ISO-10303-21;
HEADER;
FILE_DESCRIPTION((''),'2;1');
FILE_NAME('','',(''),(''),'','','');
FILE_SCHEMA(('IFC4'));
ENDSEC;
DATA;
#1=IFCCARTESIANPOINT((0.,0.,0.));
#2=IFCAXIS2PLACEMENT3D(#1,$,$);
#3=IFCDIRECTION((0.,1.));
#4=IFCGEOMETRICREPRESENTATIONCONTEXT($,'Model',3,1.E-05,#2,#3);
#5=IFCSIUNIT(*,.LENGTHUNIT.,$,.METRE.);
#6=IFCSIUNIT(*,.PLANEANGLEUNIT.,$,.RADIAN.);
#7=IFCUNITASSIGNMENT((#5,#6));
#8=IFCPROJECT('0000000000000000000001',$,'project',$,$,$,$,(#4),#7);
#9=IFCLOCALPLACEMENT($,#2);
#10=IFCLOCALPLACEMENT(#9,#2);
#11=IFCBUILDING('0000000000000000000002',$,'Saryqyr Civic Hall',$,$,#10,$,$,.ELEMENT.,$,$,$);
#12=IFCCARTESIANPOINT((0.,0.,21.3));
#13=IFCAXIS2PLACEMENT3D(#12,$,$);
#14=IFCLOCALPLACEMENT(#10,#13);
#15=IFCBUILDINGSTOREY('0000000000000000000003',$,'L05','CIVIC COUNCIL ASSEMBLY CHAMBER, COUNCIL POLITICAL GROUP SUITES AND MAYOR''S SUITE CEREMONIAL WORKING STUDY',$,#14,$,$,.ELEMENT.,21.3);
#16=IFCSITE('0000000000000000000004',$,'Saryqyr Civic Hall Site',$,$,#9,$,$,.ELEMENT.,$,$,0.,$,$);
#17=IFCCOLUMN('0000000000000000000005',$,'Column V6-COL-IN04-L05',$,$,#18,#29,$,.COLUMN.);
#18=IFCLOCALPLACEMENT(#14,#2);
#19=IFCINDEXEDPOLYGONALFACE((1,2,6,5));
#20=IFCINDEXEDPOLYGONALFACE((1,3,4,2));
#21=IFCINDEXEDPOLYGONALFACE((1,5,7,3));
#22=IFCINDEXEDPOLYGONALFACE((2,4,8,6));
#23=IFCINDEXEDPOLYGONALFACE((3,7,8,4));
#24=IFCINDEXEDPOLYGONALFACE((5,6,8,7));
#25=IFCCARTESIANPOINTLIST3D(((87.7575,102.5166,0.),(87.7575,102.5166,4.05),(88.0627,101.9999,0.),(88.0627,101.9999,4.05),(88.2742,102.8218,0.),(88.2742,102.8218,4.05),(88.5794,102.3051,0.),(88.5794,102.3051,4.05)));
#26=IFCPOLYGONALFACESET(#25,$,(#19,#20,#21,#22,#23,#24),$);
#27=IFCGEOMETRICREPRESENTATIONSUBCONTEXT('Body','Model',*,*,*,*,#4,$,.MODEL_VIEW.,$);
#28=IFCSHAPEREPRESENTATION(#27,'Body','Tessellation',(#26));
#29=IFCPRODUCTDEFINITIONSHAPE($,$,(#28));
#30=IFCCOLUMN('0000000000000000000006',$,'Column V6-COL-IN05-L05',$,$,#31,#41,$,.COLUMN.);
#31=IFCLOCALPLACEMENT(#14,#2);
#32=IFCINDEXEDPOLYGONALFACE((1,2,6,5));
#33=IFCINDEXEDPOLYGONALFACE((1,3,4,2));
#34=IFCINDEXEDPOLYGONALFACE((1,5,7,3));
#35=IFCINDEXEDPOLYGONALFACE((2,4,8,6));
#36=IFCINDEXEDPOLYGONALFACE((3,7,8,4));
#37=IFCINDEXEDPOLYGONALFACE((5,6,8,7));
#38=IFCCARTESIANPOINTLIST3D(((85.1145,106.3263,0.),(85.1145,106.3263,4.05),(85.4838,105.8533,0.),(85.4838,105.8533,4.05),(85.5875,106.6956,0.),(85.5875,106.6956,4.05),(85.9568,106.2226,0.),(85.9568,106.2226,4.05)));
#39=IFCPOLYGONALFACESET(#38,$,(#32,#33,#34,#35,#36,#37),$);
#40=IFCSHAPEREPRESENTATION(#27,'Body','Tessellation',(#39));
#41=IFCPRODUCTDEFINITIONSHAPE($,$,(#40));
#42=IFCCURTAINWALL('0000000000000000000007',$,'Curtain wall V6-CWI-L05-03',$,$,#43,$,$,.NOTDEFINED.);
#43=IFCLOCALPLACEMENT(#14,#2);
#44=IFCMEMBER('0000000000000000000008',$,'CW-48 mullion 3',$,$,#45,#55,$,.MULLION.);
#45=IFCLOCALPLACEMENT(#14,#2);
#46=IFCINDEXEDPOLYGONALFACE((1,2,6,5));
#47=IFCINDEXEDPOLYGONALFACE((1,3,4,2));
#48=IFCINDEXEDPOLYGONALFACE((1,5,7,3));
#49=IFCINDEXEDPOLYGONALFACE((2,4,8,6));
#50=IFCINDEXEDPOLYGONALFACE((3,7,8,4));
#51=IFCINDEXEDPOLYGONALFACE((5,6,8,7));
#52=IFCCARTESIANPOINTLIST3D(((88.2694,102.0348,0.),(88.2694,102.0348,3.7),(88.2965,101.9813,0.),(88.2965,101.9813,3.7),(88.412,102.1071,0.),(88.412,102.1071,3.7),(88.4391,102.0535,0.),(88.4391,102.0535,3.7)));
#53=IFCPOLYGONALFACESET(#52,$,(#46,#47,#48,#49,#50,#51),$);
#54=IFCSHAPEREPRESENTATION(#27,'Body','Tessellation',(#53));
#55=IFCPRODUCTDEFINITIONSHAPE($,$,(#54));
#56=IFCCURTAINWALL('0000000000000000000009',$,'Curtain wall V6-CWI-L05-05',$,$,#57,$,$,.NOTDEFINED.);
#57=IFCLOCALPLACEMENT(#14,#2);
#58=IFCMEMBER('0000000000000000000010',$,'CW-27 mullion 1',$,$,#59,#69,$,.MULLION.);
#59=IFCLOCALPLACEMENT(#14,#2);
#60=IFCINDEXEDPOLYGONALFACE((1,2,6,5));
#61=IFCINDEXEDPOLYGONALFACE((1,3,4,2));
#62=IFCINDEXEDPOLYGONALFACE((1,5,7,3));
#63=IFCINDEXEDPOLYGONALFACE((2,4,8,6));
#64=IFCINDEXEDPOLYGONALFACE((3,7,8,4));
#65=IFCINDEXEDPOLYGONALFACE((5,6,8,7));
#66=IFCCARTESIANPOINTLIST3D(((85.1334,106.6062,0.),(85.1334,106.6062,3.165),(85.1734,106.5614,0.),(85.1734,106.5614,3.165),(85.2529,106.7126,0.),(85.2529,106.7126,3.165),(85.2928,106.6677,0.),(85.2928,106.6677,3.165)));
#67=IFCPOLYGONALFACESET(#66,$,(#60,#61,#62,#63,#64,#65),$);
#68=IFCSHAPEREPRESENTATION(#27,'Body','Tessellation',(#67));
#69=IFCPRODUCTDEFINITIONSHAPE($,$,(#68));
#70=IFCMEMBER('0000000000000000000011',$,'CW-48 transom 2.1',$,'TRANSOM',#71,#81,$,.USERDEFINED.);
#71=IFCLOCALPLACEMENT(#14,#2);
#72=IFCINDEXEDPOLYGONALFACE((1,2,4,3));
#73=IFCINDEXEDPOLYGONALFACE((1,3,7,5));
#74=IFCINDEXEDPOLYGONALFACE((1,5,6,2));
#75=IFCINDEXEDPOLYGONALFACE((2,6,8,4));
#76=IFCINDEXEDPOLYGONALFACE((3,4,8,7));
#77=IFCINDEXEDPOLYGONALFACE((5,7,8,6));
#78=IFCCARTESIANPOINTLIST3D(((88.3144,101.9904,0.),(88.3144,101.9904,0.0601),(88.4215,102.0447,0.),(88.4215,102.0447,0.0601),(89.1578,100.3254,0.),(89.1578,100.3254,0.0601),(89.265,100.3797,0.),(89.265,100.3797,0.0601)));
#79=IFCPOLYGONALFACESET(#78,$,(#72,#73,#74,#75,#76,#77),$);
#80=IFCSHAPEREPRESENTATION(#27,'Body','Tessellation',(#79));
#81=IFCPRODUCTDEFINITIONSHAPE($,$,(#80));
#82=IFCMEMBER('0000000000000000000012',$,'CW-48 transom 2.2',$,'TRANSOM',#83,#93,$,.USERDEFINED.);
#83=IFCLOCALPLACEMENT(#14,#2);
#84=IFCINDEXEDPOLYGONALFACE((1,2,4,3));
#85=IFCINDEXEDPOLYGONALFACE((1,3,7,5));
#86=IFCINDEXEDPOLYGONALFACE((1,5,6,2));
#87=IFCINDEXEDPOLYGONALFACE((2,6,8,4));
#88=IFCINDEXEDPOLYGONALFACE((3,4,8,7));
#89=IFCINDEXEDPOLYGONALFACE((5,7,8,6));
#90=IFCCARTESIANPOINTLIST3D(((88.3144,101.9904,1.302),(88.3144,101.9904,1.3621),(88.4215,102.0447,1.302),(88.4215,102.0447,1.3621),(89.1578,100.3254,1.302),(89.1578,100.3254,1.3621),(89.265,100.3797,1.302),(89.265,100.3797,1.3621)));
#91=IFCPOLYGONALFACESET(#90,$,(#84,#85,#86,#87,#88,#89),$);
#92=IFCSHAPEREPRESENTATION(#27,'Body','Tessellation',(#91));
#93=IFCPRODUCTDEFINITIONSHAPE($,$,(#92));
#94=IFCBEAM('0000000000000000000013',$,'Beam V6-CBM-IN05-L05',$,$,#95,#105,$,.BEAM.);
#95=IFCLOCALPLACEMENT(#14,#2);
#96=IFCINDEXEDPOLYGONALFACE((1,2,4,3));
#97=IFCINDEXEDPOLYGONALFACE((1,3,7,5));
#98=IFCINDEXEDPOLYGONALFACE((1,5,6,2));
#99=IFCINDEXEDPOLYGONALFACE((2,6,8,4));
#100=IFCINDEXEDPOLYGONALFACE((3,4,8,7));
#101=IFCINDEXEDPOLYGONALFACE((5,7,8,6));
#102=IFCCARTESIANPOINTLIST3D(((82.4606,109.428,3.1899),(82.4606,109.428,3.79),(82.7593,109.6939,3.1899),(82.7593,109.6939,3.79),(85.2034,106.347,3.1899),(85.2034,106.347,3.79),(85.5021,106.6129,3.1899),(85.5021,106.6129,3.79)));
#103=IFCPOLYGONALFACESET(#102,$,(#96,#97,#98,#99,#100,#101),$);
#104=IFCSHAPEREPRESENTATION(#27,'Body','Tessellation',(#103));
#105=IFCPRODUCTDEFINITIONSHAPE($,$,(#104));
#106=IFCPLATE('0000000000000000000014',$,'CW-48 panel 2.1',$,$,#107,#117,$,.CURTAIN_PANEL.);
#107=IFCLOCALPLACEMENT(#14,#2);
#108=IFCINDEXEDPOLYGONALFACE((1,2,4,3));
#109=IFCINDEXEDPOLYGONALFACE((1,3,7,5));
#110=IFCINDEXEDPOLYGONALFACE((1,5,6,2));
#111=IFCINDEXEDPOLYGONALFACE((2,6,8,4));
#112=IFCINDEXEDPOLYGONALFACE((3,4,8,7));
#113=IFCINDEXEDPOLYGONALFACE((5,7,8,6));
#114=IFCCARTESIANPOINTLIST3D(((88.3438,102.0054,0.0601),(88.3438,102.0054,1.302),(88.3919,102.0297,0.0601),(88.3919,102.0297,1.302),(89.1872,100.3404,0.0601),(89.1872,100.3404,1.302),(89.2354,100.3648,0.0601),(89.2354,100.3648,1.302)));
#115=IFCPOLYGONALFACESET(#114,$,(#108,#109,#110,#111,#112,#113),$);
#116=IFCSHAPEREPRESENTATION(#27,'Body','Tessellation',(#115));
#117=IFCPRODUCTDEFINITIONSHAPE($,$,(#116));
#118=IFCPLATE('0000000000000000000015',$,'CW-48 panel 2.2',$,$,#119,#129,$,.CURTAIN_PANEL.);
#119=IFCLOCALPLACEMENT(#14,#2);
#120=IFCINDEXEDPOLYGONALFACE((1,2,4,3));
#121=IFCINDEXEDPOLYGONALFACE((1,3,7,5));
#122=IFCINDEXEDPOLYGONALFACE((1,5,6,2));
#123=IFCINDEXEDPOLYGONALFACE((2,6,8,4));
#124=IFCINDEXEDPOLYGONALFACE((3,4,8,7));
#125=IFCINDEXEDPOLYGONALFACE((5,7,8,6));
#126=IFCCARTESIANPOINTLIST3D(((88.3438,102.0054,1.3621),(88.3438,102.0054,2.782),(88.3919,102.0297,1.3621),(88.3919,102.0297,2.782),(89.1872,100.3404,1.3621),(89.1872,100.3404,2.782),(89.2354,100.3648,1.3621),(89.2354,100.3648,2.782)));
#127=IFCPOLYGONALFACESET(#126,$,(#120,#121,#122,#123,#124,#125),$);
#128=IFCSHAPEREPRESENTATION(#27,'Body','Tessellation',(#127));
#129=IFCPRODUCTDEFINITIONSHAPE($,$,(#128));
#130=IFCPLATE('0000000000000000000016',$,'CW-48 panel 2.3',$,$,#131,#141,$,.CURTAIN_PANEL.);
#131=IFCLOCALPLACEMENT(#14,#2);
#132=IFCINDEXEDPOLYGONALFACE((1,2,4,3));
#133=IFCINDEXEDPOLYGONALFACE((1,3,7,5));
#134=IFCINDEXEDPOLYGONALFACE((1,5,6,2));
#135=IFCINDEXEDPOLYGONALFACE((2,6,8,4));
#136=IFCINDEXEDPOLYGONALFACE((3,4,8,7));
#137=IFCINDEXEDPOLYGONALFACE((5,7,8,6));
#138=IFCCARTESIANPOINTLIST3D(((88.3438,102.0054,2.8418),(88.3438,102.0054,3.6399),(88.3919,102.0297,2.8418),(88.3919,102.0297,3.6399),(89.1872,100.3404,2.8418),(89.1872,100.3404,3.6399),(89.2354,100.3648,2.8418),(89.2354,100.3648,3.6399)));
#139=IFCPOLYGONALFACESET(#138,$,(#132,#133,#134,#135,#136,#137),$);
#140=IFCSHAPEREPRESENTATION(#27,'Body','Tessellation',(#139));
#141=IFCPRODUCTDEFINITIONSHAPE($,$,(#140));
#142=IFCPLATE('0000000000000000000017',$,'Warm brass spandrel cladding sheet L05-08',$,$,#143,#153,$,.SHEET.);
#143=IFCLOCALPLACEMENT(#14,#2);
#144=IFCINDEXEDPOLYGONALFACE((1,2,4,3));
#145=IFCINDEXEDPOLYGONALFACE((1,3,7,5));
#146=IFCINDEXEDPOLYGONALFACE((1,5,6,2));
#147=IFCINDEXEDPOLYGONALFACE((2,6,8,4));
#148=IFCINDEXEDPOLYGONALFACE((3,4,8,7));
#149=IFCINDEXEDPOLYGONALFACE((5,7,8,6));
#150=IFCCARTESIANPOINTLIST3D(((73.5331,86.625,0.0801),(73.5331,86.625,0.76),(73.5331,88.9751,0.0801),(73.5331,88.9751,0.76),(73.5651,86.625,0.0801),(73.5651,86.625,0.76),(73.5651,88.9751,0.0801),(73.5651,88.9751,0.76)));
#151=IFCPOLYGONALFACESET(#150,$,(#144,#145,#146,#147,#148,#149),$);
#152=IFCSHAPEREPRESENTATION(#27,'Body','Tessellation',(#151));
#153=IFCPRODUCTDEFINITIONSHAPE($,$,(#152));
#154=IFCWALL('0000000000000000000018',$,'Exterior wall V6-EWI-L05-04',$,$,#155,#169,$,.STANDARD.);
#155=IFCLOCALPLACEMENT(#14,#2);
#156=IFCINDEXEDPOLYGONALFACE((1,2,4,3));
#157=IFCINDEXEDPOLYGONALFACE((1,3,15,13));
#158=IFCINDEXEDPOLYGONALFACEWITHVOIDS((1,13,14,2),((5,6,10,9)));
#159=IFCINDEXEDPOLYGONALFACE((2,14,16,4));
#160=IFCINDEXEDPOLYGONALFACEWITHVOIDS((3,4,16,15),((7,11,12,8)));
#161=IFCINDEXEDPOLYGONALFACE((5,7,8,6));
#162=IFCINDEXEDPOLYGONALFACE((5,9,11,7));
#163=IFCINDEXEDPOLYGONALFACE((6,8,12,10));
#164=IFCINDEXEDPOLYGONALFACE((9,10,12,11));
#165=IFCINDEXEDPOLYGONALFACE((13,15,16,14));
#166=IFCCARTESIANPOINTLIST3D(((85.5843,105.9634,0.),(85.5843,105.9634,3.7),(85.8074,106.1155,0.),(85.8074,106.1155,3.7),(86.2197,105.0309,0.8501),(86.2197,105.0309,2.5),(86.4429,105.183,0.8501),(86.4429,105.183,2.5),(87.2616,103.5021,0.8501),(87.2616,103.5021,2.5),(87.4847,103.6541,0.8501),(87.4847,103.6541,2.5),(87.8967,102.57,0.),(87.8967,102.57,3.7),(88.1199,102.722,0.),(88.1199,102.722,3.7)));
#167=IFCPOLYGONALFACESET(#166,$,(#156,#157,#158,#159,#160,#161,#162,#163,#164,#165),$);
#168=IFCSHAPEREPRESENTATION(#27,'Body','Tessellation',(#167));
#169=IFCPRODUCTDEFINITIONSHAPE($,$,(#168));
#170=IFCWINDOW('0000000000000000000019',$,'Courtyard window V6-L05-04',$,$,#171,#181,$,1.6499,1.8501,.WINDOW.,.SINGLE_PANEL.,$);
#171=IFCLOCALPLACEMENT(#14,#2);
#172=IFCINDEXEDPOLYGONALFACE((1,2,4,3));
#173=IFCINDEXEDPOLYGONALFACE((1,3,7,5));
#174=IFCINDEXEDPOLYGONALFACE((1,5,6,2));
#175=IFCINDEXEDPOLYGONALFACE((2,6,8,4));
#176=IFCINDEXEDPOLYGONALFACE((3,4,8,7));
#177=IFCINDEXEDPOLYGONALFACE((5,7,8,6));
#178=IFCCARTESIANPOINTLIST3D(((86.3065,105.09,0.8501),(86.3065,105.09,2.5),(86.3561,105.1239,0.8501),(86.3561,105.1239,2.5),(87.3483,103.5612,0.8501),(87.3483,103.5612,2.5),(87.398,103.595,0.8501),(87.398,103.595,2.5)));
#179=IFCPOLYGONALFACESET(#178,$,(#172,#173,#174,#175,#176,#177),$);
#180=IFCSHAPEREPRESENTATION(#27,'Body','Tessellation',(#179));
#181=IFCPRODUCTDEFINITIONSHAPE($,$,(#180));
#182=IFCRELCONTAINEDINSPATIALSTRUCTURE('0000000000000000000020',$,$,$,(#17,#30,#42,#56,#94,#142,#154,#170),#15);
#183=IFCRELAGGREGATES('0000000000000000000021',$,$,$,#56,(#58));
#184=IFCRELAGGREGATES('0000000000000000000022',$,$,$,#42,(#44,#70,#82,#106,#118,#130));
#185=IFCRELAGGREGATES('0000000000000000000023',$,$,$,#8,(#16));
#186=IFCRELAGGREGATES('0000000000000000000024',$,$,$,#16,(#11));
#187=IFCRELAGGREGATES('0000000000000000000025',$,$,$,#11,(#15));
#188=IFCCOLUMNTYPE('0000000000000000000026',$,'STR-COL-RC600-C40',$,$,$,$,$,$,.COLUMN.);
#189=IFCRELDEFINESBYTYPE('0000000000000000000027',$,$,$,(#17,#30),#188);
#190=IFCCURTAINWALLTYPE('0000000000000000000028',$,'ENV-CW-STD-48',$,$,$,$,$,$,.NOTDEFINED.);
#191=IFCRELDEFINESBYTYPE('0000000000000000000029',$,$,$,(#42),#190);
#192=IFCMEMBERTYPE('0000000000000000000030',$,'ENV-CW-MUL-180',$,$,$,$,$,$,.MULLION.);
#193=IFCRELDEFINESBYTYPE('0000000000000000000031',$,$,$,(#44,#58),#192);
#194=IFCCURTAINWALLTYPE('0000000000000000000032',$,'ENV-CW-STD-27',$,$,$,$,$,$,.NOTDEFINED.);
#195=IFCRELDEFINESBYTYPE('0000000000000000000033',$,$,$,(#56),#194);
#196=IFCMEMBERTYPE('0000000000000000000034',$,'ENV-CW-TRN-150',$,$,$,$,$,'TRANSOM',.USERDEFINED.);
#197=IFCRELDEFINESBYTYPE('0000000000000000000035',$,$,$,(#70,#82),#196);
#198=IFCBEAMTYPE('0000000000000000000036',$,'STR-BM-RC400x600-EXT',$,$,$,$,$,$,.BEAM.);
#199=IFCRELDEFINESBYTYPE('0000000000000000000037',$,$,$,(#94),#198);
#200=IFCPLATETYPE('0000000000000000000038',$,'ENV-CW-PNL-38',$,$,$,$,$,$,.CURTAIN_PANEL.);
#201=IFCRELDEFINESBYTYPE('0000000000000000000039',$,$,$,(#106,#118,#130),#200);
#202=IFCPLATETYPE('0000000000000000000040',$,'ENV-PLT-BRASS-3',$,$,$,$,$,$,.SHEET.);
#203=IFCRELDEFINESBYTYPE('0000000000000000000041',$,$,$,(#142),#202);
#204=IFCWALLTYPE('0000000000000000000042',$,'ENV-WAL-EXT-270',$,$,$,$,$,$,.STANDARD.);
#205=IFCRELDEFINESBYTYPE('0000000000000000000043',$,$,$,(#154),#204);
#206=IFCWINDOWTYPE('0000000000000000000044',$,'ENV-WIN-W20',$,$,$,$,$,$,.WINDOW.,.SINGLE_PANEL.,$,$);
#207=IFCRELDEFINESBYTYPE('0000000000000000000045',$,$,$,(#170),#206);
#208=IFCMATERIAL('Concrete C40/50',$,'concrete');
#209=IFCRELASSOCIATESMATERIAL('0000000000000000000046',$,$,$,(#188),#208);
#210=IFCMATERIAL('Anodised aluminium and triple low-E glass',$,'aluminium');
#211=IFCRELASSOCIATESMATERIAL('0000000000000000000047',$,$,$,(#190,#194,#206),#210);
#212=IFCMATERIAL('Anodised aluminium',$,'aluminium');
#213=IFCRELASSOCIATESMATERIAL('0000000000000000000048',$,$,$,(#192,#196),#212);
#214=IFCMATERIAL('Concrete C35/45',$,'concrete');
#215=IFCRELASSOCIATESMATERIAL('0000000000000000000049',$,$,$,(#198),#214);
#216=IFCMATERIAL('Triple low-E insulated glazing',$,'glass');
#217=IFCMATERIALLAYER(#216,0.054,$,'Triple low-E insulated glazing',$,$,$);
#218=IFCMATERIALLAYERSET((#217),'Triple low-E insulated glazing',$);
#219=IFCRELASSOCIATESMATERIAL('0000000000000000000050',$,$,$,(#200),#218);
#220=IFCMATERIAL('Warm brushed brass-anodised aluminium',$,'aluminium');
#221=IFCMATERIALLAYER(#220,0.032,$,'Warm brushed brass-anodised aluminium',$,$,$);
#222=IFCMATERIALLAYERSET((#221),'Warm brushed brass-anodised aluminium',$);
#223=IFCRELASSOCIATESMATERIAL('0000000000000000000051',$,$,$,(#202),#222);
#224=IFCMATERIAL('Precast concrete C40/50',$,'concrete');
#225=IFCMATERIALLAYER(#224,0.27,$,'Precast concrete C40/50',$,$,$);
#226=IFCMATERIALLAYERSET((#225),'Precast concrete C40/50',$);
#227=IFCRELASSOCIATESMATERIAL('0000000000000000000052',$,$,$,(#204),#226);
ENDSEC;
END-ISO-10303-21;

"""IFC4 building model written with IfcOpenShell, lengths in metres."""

from ifc_helpers import new_model, si_unit, direction, frame, frame_2d, origin, origin_2d, place, context, subcontext, project, spatial, rectangle, extrude, material, layer, layer_set, material_profile, profile_set, type_object, element, fill, aggregate, save


model = new_model("IFC4")

# Units and contexts
model_context = context("Model", 3, precision=1e-05, world=origin(), true_north=direction((0.0, 1.0)))
body_context = subcontext(model_context, "Body", "Model", "MODEL_VIEW")
ifc_project = project(units=[si_unit("LENGTHUNIT", "METRE"), si_unit("PLANEANGLEUNIT", "RADIAN")], contexts=[model_context])

# Site, building, storey
site_placement = place(None, origin())
site = spatial("IfcSite", under=ifc_project, at=site_placement, Name="Saryqyr Civic Hall Site", CompositionType="ELEMENT", RefElevation=0.0)
building_placement = place(site_placement, origin())
building = spatial("IfcBuilding", under=site, at=building_placement, Name="Saryqyr Civic Hall", CompositionType="ELEMENT")
storey_placement = place(building_placement, frame((0.0, 0.0, 21.3)))
storey = spatial("IfcBuildingStorey", under=building, at=storey_placement, Name="L05", Description="CIVIC COUNCIL ASSEMBLY CHAMBER, COUNCIL POLITICAL GROUP SUITES AND MAYOR'S SUITE CEREMONIAL WORKING STUDY", CompositionType="ELEMENT", Elevation=21.3)

# Columns
ifc_material_1 = material(Name="Concrete C40/50", Category="concrete")
ifc_material_profile_1 = material_profile(ifc_material_1, rectangle(XDim=0.6001, YDim=0.6001, at=origin_2d()), Name="RC 600x600")
ifc_profile_set_1 = profile_set([ifc_material_profile_1], Name="Concrete C40/50")
column_type = type_object("IfcColumnType", Name="STR-COL-RC600-C40", PredefinedType="COLUMN", material=ifc_profile_set_1)
for number, where, z_axis, x_axis, name in (
    (1, (88.1685, 102.4109, 0.0), (0.0, 0.0, 1.0), (0.861008, 0.508591, 0.0), "Column V6-COL-IN04-L05"),
    (2, (85.5356, 106.2744, 0.0), (0.0, 0.0, 1.0), (0.788226, 0.615386, 0.0), "Column V6-COL-IN05-L05"),
):
    element("IfcColumn", number, at=place(storey_placement, frame(where, z_axis=z_axis, x_axis=x_axis)), inside=storey, type_object=column_type, Name=name, PredefinedType="COLUMN", context=body_context, shape_type="SweptSolid", body=[
        extrude(rectangle(XDim=0.6001, YDim=0.6001, at=origin_2d()), origin(), (0.0, 0.0, 1.0), 4.05),
    ])

# Curtain walls, members
ifc_material_2 = material(Name="Anodised aluminium and triple low-E glass", Category="aluminium")
curtain_wall_type_1 = type_object("IfcCurtainWallType", Name="ENV-CW-STD-48", PredefinedType="NOTDEFINED", material=ifc_material_2)
curtain_wall_1_placement = place(storey_placement, origin())
curtain_wall_1 = element("IfcCurtainWall", 3, at=curtain_wall_1_placement, inside=storey, type_object=curtain_wall_type_1, Name="Curtain wall V6-CWI-L05-03", PredefinedType="NOTDEFINED")
ifc_material_3 = material(Name="Anodised aluminium", Category="aluminium")
ifc_material_profile_2 = material_profile(ifc_material_3, rectangle(XDim=0.0601, YDim=0.1599, at=origin_2d()), Name="ALU MULLION 60x160")
ifc_profile_set_2 = profile_set([ifc_material_profile_2], Name="Anodised aluminium")
member_type_1 = type_object("IfcMemberType", Name="ENV-CW-MUL-180", PredefinedType="MULLION", material=ifc_profile_set_2)
member_1_placement = place(storey_placement, frame((88.3542, 102.0442, 0.0), z_axis=(0.0, 0.0, 1.0), x_axis=(-0.45191, 0.892064, 0.0)))
member_1 = element("IfcMember", 4, at=member_1_placement, type_object=member_type_1, Name="CW-48 mullion 3", PredefinedType="MULLION", context=body_context, shape_type="SweptSolid", body=[
    extrude(rectangle(XDim=0.0601, YDim=0.1599, at=origin_2d()), origin(), (0.0, 0.0, 1.0), 3.7),
])
curtain_wall_type_2 = type_object("IfcCurtainWallType", Name="ENV-CW-STD-27", PredefinedType="NOTDEFINED", material=ifc_material_2)
curtain_wall_2_placement = place(storey_placement, origin())
curtain_wall_2 = element("IfcCurtainWall", 5, at=curtain_wall_2_placement, inside=storey, type_object=curtain_wall_type_2, Name="Curtain wall V6-CWI-L05-05", PredefinedType="NOTDEFINED")
member_2_placement = place(storey_placement, frame((85.2131, 106.637, 0.0), z_axis=(0.0, 0.0, 1.0), x_axis=(-0.664934, 0.746902, 0.0)))
member_2 = element("IfcMember", 6, at=member_2_placement, type_object=member_type_1, Name="CW-27 mullion 1", PredefinedType="MULLION", context=body_context, shape_type="SweptSolid", body=[
    extrude(rectangle(XDim=0.0601, YDim=0.1599, at=origin_2d()), origin(), (0.0, 0.0, 1.0), 3.165),
])
aggregate(curtain_wall_2, [member_2])

# Members
ifc_material_profile_3 = material_profile(ifc_material_3, rectangle(XDim=0.1201, YDim=0.0601, at=origin_2d()), Name="ALU TRANSOM 120x60")
ifc_profile_set_3 = profile_set([ifc_material_profile_3], Name="Anodised aluminium")
member_type_2 = type_object("IfcMemberType", Name="ENV-CW-TRN-150", ElementType="TRANSOM", PredefinedType="USERDEFINED", material=ifc_profile_set_3)
member_3_placement = place(storey_placement, frame((89.2114, 100.3525, 0.03), z_axis=(-0.451916, 0.89206, 0.0), x_axis=(-0.89206, -0.451916, 0.0)))
member_3 = element("IfcMember", 7, at=member_3_placement, type_object=member_type_2, Name="CW-48 transom 2.1", ObjectType="TRANSOM", PredefinedType="USERDEFINED", context=body_context, shape_type="SweptSolid", body=[
    extrude(rectangle(XDim=0.1201, YDim=0.0601, at=origin_2d()), origin(), (0.0, 0.0, 1.0), 1.8665),
])
member_4_placement = place(storey_placement, frame((89.2114, 100.3525, 1.332), z_axis=(-0.451916, 0.89206, 0.0), x_axis=(-0.89206, -0.451916, 0.0)))
member_4 = element("IfcMember", 8, at=member_4_placement, type_object=member_type_2, Name="CW-48 transom 2.2", ObjectType="TRANSOM", PredefinedType="USERDEFINED", context=body_context, shape_type="SweptSolid", body=[
    extrude(rectangle(XDim=0.1201, YDim=0.0601, at=origin_2d()), origin(), (0.0, 0.0, 1.0), 1.8665),
])

# Beam
ifc_material_4 = material(Name="Concrete C35/45", Category="concrete")
ifc_material_profile_4 = material_profile(ifc_material_4, rectangle(XDim=0.3999, YDim=0.6001, at=origin_2d()), Name="RC 400x600")
ifc_profile_set_4 = profile_set([ifc_material_profile_4], Name="Concrete C35/45")
beam_type = type_object("IfcBeamType", Name="STR-BM-RC400x600-EXT", PredefinedType="BEAM", material=ifc_profile_set_4)
beam_placement = place(storey_placement, frame((85.3528, 106.48, 3.49), z_axis=(-0.664933, 0.746903, 0.0), x_axis=(-0.746903, -0.664933, 0.0)))
element("IfcBeam", 9, at=beam_placement, inside=storey, type_object=beam_type, Name="Beam V6-CBM-IN05-L05", PredefinedType="BEAM", context=body_context, shape_type="SweptSolid", body=[
    extrude(rectangle(XDim=0.3999, YDim=0.6001, at=origin_2d()), origin(), (0.0, 0.0, 1.0), 4.125),
])

# Plates
ifc_material_5 = material(Name="Triple low-E insulated glazing", Category="glass")
ifc_layer_1 = layer(ifc_material_5, 0.054, Name="Triple low-E insulated glazing")
ifc_layer_set_1 = layer_set([ifc_layer_1], Name="Triple low-E insulated glazing")
plate_type_1 = type_object("IfcPlateType", Name="ENV-CW-PNL-38", PredefinedType="CURTAIN_PANEL", material=ifc_layer_set_1)
plate_1_placement = place(storey_placement, frame((88.7896, 101.1851, 0.0601), z_axis=(0.0, 0.0, 1.0), x_axis=(-0.45191, 0.892064, 0.0)))
plate_1 = element("IfcPlate", 10, at=plate_1_placement, type_object=plate_type_1, Name="CW-48 panel 2.1", PredefinedType="CURTAIN_PANEL", context=body_context, shape_type="SweptSolid", body=[
    extrude(rectangle(XDim=1.8665, YDim=0.054, at=origin_2d()), origin(), (0.0, 0.0, 1.0), 1.2419),
])
plate_2_placement = place(storey_placement, frame((88.7896, 101.1851, 1.3621), z_axis=(0.0, 0.0, 1.0), x_axis=(-0.45191, 0.892064, 0.0)))
plate_2 = element("IfcPlate", 11, at=plate_2_placement, type_object=plate_type_1, Name="CW-48 panel 2.2", PredefinedType="CURTAIN_PANEL", context=body_context, shape_type="SweptSolid", body=[
    extrude(rectangle(XDim=1.8665, YDim=0.054, at=origin_2d()), origin(), (0.0, 0.0, 1.0), 1.4199),
])
plate_3_placement = place(storey_placement, frame((88.7896, 101.1851, 2.8418), z_axis=(0.0, 0.0, 1.0), x_axis=(-0.45191, 0.892064, 0.0)))
plate_3 = element("IfcPlate", 12, at=plate_3_placement, type_object=plate_type_1, Name="CW-48 panel 2.3", PredefinedType="CURTAIN_PANEL", context=body_context, shape_type="SweptSolid", body=[
    extrude(rectangle(XDim=1.8665, YDim=0.054, at=origin_2d()), origin(), (0.0, 0.0, 1.0), 0.7981),
])
aggregate(curtain_wall_1, [member_1, member_3, member_4, plate_1, plate_2, plate_3])
ifc_material_6 = material(Name="Warm brushed brass-anodised aluminium", Category="aluminium")
ifc_layer_2 = layer(ifc_material_6, 0.032, Name="Warm brushed brass-anodised aluminium")
ifc_layer_set_2 = layer_set([ifc_layer_2], Name="Warm brushed brass-anodised aluminium")
plate_type_2 = type_object("IfcPlateType", Name="ENV-PLT-BRASS-3", PredefinedType="SHEET", material=ifc_layer_set_2)
plate_4_placement = place(storey_placement, frame((73.5491, 87.8, 0.0801), z_axis=(0.0, 0.0, 1.0), x_axis=(0.0, -1.0, 0.0)))
element("IfcPlate", 13, at=plate_4_placement, inside=storey, type_object=plate_type_2, Name="Warm brass spandrel cladding sheet L05-08", PredefinedType="SHEET", context=body_context, shape_type="SweptSolid", body=[
    extrude(rectangle(XDim=2.3501, YDim=0.032, at=origin_2d()), origin(), (0.0, 0.0, 1.0), 0.6799),
])

# Wall, opening, window
ifc_material_7 = material(Name="Precast concrete C40/50", Category="concrete")
ifc_layer_3 = layer(ifc_material_7, 0.27, Name="Precast concrete C40/50")
ifc_layer_set_3 = layer_set([ifc_layer_3], Name="Precast concrete C40/50")
wall_type_1 = type_object("IfcWallType", Name="ENV-WAL-EXT-270", PredefinedType="STANDARD", material=ifc_layer_set_3)
wall_1_placement = place(storey_placement, frame((88.0083, 102.646, 0.0), z_axis=(0.0, 0.0, 1.0), x_axis=(-0.563123, 0.826373, 0.0)))
wall_1 = element("IfcWall", 14, at=wall_1_placement, inside=storey, type_object=wall_type_1, Name="Exterior wall V6-EWI-L05-04", PredefinedType="STANDARD", context=body_context, shape_type="SweptSolid", body=[
    extrude(rectangle(XDim=4.1064, YDim=0.27, at=frame_2d((2.0532, 0.0))), origin(), (0.0, 0.0, 1.0), 3.7),
])
opening_1_placement = place(wall_1_placement, frame((1.1279, 0.0, 0.8501)))
opening_1 = element("IfcOpeningElement", 15, at=opening_1_placement, cuts=wall_1, PredefinedType="OPENING", context=body_context, shape_type="SweptSolid", body=[
    extrude(rectangle(XDim=1.8501, YDim=1.6499, at=frame_2d((0.925, 0.825))), frame((0.0, 0.145, 0.0), z_axis=(0.0, -1.0, 0.0), x_axis=(1.0, 0.0, 0.0)), (0.0, 0.0, 1.0), 0.29),
])
window_type = type_object("IfcWindowType", Name="ENV-WIN-W20", PartitioningType="SINGLE_PANEL", PredefinedType="WINDOW", material=ifc_material_2)
window_placement = place(opening_1_placement, origin())
window = element("IfcWindow", 16, at=window_placement, inside=storey, type_object=window_type, Name="Courtyard window V6-L05-04", OverallHeight=1.6499, OverallWidth=1.8501, PartitioningType="SINGLE_PANEL", PredefinedType="WINDOW", context=body_context, shape_type="SweptSolid", body=[
    extrude(rectangle(XDim=1.8501, YDim=1.6499, at=frame_2d((0.925, 0.825))), frame((0.0, 0.03, 0.0), z_axis=(0.0, -1.0, 0.0), x_axis=(1.0, 0.0, 0.0)), (0.0, 0.0, 1.0), 0.0601),
])
fill(opening_1, window)

save(model, "model.ifc")
